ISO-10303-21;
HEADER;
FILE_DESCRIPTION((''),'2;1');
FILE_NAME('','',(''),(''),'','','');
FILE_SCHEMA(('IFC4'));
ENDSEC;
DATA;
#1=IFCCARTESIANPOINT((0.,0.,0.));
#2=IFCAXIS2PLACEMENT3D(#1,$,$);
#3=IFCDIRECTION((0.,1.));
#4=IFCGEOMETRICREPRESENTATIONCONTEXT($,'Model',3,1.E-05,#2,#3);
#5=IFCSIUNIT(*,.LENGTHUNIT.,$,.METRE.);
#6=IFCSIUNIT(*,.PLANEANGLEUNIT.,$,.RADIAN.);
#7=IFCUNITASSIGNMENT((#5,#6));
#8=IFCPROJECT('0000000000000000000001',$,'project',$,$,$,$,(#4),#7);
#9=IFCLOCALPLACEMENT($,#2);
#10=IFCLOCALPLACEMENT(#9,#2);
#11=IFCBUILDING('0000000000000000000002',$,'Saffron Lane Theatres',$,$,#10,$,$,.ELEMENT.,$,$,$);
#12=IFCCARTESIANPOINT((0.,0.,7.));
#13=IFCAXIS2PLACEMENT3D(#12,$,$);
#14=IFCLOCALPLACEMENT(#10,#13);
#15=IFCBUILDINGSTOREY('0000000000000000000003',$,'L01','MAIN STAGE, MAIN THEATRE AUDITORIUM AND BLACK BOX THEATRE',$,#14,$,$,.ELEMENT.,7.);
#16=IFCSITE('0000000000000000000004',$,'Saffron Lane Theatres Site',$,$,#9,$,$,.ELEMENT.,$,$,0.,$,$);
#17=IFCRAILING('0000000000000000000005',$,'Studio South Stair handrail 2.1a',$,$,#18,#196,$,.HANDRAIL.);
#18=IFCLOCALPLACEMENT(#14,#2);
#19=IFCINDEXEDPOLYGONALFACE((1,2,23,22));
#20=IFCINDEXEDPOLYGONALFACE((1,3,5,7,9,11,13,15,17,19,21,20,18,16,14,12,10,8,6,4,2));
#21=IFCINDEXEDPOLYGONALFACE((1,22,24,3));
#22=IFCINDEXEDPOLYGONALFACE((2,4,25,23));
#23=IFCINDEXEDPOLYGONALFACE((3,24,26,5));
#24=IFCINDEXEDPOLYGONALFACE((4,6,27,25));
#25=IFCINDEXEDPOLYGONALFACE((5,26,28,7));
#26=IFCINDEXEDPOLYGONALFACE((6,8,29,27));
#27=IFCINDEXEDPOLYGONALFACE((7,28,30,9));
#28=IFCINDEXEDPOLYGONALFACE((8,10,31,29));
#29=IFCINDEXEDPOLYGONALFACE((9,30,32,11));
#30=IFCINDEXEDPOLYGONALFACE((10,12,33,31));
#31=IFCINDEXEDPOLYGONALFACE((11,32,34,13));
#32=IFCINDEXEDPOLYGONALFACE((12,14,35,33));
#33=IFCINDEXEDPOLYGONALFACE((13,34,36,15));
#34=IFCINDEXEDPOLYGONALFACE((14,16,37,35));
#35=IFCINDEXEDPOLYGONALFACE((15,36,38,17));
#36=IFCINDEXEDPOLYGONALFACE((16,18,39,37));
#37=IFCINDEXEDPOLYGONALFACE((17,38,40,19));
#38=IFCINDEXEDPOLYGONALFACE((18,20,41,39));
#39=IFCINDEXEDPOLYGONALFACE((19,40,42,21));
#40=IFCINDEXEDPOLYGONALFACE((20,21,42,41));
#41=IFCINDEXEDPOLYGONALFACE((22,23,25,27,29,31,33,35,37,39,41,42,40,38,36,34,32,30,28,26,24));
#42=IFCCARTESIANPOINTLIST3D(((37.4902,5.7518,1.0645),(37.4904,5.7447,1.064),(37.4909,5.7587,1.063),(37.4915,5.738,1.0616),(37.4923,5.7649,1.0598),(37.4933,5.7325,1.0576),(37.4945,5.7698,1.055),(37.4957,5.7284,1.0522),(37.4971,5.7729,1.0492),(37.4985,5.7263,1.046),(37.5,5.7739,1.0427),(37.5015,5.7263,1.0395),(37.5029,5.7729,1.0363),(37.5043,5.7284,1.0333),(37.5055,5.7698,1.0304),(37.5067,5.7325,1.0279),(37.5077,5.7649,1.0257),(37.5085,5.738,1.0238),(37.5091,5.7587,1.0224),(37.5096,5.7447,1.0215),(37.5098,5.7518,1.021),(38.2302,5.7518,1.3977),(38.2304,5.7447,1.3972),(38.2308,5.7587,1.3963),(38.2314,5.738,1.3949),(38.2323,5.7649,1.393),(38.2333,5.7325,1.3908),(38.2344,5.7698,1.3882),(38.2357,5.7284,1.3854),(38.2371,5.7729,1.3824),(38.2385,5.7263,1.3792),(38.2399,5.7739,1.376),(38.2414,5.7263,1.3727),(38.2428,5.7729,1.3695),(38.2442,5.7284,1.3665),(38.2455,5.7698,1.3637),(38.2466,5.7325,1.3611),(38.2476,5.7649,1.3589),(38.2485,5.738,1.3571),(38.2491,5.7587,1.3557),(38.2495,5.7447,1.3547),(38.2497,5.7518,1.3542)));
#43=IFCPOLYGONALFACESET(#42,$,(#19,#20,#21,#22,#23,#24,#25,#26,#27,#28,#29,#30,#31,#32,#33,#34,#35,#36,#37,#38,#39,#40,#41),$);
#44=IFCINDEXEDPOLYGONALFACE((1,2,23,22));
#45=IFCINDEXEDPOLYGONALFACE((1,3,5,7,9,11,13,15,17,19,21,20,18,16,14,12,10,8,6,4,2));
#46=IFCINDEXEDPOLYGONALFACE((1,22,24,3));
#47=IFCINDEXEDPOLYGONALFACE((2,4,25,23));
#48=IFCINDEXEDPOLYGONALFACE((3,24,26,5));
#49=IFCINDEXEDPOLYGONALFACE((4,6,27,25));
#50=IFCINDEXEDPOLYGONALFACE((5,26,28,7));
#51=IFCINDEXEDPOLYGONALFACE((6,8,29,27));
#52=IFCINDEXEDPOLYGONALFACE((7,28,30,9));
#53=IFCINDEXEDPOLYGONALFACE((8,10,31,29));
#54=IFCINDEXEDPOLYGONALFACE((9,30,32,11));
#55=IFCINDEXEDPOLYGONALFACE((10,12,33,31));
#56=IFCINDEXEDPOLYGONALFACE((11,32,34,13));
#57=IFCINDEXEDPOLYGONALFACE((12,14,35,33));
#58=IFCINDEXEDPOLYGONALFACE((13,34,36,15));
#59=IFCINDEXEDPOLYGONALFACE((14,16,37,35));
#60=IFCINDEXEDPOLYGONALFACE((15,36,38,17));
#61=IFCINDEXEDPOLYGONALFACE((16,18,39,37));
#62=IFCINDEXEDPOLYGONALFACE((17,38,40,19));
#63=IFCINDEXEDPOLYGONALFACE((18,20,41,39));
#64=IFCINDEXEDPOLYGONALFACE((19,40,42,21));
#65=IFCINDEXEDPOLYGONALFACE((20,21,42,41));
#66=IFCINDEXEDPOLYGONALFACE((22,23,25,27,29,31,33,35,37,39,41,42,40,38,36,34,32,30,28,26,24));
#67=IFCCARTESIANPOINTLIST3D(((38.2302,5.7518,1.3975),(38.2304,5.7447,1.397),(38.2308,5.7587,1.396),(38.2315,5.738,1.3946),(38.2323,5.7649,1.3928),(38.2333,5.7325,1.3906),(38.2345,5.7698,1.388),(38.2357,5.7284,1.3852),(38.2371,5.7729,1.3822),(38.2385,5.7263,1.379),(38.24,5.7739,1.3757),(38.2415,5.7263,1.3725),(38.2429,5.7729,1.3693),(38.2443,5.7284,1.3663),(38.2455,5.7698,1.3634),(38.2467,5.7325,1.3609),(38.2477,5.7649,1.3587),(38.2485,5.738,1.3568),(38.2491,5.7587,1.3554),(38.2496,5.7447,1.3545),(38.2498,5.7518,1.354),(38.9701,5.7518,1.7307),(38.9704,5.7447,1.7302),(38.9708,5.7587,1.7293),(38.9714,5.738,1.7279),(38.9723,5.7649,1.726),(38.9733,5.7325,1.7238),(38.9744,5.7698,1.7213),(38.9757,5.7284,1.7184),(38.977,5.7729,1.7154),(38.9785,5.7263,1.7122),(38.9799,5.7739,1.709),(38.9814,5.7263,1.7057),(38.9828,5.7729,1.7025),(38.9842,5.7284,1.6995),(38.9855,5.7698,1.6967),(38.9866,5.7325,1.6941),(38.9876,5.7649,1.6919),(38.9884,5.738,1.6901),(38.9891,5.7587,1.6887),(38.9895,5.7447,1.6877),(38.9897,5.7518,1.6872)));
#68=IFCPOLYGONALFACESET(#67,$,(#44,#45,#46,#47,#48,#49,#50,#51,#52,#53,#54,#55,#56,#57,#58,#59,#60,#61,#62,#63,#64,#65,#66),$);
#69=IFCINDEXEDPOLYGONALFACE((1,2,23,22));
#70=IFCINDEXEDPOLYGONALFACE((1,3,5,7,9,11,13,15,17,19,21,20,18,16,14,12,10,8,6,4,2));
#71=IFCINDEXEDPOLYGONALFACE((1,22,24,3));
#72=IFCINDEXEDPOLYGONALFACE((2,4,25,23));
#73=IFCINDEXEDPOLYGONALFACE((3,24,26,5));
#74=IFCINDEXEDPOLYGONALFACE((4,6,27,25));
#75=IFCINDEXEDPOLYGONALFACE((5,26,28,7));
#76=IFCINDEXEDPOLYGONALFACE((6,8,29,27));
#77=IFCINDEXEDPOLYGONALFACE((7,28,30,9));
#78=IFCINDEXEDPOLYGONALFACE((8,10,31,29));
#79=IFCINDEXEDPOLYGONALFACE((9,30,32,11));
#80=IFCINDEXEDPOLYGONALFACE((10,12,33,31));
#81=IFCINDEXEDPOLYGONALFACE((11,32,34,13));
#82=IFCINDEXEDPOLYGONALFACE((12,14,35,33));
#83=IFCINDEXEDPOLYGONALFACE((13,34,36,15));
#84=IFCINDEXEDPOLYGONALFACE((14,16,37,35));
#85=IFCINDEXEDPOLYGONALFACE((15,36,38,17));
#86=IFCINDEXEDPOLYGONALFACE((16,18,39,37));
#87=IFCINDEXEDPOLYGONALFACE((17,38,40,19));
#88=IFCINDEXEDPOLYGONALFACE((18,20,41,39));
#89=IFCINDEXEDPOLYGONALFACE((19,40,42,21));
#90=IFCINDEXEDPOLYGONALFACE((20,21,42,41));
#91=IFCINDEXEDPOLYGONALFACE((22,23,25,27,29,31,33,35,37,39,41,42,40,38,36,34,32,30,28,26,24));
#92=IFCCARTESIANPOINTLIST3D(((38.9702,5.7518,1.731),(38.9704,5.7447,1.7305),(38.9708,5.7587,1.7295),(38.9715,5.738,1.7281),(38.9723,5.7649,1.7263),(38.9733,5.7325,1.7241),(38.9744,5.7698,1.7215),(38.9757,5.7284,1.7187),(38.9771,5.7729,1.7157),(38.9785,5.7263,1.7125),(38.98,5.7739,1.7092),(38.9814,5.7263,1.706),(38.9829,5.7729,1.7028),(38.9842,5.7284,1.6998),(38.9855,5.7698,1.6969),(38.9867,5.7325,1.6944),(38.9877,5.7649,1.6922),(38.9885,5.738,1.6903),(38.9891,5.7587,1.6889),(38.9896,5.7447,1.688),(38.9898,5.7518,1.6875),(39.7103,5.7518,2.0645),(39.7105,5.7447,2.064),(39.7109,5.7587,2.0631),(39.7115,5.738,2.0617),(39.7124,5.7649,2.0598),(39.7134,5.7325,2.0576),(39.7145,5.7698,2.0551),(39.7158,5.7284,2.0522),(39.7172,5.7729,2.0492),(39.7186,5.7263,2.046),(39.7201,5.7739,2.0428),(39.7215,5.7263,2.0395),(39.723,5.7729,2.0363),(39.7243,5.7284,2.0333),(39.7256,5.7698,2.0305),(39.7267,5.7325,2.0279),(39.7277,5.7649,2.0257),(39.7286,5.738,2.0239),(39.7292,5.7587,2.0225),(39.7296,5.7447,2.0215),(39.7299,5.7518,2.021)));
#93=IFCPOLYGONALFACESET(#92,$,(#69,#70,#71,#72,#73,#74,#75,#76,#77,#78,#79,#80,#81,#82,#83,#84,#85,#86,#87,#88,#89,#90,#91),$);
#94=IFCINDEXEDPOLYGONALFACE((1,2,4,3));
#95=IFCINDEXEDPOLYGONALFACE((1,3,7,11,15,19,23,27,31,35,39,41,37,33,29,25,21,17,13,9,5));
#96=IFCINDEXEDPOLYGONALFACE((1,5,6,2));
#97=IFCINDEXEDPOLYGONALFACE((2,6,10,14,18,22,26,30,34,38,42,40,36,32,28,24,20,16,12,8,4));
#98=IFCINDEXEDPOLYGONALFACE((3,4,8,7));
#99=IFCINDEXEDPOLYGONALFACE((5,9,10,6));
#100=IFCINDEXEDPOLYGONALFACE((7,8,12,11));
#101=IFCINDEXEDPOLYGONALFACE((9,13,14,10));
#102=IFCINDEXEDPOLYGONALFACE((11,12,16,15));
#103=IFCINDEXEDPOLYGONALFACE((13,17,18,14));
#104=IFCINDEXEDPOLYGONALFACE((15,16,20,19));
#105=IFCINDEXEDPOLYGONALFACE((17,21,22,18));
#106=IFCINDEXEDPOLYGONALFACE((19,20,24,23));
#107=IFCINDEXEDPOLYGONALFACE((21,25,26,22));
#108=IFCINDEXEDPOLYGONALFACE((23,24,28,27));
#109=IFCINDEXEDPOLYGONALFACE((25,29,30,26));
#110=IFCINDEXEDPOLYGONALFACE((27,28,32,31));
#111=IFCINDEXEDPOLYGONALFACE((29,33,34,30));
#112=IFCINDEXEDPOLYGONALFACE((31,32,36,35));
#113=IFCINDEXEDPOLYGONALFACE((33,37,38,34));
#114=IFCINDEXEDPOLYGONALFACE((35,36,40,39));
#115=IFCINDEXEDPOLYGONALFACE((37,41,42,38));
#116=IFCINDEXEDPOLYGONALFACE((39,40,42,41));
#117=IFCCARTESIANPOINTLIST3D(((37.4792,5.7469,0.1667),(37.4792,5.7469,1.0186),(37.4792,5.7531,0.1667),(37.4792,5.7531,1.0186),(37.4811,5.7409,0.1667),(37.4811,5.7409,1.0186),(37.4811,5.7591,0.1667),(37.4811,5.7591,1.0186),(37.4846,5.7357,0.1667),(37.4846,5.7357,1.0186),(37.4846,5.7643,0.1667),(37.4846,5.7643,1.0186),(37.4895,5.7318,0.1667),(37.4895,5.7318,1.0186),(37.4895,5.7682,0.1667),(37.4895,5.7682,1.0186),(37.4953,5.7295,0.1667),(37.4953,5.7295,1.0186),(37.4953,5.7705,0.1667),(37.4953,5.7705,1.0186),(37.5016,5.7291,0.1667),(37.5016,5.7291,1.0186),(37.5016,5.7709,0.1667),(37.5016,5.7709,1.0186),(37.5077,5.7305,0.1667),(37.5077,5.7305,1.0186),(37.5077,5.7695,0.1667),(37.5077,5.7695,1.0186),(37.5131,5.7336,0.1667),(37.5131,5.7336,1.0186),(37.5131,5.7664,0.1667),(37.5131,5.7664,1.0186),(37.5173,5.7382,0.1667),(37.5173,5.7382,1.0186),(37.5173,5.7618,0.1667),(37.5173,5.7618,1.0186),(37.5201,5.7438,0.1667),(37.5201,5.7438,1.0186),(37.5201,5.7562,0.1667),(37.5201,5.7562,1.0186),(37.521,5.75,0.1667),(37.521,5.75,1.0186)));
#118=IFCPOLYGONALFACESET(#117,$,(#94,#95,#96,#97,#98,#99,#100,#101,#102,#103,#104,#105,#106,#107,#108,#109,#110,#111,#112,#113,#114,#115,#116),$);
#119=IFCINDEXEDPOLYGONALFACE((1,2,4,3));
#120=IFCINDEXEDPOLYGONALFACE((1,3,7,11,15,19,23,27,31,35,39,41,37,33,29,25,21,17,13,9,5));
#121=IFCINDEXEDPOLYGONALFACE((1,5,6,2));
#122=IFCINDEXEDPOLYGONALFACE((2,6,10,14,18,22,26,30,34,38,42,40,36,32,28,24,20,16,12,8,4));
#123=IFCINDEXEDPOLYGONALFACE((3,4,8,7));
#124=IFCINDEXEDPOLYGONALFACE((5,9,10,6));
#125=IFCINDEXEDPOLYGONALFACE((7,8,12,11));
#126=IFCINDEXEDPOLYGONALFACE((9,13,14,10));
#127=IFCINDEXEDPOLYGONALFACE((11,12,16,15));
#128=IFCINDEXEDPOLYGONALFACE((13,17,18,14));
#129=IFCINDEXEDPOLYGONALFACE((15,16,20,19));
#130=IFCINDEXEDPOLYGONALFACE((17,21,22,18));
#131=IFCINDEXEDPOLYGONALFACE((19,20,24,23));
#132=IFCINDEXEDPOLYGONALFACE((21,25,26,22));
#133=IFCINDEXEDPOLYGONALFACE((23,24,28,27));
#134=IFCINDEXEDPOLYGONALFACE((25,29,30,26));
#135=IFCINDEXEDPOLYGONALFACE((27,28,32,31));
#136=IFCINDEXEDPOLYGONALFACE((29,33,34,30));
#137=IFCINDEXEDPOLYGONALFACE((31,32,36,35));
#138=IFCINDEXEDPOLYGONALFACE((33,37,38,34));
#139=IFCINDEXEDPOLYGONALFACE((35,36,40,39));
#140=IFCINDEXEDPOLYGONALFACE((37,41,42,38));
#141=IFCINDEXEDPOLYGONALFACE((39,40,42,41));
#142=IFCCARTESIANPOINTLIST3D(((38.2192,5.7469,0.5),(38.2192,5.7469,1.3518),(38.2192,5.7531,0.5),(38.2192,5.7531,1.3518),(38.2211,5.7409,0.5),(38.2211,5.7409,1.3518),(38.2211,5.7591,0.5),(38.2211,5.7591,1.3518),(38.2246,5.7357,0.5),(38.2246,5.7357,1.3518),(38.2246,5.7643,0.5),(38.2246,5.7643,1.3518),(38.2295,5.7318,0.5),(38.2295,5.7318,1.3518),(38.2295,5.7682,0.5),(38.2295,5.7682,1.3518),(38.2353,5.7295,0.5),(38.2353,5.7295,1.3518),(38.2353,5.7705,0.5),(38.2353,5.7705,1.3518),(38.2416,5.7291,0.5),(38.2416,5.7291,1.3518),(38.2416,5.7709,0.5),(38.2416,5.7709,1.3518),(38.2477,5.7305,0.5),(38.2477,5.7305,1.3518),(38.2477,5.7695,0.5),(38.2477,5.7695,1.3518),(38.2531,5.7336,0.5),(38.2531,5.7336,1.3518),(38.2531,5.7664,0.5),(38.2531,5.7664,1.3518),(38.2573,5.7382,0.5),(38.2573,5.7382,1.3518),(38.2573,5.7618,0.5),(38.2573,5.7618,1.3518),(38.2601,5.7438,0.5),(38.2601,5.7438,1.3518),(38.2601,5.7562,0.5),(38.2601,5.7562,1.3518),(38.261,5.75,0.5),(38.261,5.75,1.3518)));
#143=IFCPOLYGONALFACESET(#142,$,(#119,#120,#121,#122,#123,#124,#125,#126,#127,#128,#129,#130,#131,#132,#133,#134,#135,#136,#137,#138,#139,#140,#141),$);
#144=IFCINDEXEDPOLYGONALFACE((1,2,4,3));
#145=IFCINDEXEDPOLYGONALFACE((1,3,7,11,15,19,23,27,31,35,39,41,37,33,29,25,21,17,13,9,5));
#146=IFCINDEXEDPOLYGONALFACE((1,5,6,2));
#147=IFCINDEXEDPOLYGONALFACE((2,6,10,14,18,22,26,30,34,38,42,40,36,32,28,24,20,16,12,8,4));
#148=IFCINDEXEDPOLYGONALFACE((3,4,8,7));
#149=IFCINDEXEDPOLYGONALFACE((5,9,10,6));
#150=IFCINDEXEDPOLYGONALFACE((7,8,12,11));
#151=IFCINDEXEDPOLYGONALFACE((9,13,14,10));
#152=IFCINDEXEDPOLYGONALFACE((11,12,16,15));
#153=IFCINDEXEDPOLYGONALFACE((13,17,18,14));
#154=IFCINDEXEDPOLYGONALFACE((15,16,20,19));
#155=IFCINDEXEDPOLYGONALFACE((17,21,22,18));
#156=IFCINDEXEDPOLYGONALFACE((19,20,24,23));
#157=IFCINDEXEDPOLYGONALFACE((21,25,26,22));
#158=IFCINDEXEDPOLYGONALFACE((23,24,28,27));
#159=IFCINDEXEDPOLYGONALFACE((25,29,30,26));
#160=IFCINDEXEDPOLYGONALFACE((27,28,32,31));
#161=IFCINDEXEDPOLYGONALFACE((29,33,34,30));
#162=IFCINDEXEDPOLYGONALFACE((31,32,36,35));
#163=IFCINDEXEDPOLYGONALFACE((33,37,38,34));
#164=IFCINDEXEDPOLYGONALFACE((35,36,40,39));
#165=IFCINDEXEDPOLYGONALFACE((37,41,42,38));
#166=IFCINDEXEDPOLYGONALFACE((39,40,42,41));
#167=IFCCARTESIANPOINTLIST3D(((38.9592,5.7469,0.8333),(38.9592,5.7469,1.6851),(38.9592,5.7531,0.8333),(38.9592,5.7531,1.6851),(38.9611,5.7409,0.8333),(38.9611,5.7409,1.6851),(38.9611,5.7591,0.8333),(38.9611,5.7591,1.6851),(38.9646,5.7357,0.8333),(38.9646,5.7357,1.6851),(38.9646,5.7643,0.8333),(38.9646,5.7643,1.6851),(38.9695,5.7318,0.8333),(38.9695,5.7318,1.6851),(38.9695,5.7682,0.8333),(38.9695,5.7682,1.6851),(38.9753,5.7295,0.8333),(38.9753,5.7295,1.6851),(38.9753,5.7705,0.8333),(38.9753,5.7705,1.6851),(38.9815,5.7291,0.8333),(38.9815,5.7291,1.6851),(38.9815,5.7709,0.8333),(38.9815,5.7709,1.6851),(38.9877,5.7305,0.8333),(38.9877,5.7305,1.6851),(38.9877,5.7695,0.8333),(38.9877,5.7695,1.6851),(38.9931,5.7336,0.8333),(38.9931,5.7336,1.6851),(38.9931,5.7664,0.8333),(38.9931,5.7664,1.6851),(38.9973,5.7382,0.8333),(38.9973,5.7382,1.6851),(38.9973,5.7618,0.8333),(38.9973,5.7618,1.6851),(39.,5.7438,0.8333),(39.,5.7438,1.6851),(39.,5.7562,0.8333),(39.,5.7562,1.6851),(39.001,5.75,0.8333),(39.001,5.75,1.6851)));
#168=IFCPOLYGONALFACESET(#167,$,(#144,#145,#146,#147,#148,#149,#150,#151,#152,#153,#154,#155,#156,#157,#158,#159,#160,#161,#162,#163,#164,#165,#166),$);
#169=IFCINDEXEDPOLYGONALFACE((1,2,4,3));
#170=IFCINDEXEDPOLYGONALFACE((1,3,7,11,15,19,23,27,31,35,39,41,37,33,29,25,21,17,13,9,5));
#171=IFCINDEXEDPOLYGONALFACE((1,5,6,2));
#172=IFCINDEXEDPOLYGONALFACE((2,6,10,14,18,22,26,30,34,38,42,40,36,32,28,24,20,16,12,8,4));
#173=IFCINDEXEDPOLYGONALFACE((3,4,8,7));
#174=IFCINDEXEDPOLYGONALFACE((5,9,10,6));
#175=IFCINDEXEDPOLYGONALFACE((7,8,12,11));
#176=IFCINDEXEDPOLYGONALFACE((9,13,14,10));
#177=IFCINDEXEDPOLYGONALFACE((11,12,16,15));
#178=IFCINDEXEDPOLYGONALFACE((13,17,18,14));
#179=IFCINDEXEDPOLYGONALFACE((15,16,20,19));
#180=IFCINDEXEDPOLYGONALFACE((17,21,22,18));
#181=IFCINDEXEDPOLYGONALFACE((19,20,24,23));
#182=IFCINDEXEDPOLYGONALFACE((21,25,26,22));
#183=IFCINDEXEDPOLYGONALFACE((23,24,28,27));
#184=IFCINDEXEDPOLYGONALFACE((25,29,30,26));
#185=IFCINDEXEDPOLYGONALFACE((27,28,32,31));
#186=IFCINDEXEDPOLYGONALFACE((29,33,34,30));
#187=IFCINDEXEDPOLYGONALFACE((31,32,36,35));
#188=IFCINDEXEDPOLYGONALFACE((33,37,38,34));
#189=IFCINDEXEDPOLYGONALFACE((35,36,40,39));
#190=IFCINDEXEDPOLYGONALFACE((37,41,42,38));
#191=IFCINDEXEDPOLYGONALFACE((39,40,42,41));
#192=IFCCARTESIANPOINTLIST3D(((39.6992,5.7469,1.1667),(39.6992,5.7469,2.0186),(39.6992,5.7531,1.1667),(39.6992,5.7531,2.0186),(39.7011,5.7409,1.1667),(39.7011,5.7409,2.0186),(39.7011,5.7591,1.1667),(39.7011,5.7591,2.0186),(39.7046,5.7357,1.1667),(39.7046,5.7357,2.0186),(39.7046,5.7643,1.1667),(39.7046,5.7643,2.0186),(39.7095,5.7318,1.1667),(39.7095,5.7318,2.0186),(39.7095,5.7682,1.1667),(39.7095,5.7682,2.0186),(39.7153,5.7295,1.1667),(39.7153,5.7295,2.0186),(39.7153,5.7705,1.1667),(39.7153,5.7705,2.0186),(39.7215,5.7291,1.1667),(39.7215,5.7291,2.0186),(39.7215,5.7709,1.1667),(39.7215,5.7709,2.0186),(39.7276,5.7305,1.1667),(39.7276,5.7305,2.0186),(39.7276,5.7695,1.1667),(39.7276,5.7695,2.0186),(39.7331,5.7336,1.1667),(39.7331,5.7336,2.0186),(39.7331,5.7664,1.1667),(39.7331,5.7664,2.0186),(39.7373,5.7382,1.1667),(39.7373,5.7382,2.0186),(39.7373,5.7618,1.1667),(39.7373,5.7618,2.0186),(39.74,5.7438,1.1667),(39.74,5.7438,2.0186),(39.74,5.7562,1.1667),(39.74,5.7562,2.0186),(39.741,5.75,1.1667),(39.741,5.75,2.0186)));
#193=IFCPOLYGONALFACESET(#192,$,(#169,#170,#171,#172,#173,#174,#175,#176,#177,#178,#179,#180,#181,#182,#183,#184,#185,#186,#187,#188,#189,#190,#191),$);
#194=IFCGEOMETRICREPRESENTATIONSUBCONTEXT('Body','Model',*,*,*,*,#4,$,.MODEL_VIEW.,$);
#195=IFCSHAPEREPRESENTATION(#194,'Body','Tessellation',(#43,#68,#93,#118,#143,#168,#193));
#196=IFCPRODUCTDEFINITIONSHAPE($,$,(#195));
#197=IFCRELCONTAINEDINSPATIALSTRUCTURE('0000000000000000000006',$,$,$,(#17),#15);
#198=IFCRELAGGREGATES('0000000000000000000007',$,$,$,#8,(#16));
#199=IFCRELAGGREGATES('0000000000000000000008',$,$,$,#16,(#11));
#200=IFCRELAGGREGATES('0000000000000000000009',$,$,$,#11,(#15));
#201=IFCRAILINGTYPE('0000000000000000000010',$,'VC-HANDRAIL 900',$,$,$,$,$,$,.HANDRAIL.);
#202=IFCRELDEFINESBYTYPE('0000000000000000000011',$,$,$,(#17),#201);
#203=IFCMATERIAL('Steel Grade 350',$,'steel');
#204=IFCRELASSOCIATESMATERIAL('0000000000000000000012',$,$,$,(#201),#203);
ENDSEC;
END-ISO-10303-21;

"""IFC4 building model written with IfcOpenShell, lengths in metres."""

from ifc_helpers import new_model, si_unit, direction, frame, origin, origin_2d, place, context, subcontext, project, spatial, circle, extrude, material, type_object, element, save


model = new_model("IFC4")

# Units and contexts
model_context = context("Model", 3, precision=1e-05, world=origin(), true_north=direction((0.0, 1.0)))
body_context = subcontext(model_context, "Body", "Model", "MODEL_VIEW")
ifc_project = project(units=[si_unit("LENGTHUNIT", "METRE"), si_unit("PLANEANGLEUNIT", "RADIAN")], contexts=[model_context])

# Site, building, storey
site_placement = place(None, origin())
site = spatial("IfcSite", under=ifc_project, at=site_placement, Name="Saffron Lane Theatres Site", CompositionType="ELEMENT", RefElevation=0.0)
building_placement = place(site_placement, origin())
building = spatial("IfcBuilding", under=site, at=building_placement, Name="Saffron Lane Theatres", CompositionType="ELEMENT")
storey_placement = place(building_placement, frame((0.0, 0.0, 7.0)))
storey = spatial("IfcBuildingStorey", under=building, at=storey_placement, Name="L01", Description="MAIN STAGE, MAIN THEATRE AUDITORIUM AND BLACK BOX THEATRE", CompositionType="ELEMENT", Elevation=7.0)

# Railing
ifc_material_1 = material(Name="Steel Grade 350", Category="steel")
railing_type_1 = type_object("IfcRailingType", Name="VC-HANDRAIL 900", PredefinedType="HANDRAIL", material=ifc_material_1)
for number, where, name in (
    (1, (37.5, 5.75, 0.1667), "Studio South Stair handrail 2.1a"),
):
    element("IfcRailing", number, at=place(storey_placement, frame(where)), inside=storey, type_object=railing_type_1, Name=name, PredefinedType="HANDRAIL", context=body_context, shape_type="SweptSolid", body=[
        extrude(circle(Radius=0.0239, at=origin_2d()), frame((0.0, 0.0, 0.876), z_axis=(0.911803, 0.0, 0.410627), x_axis=(0.0, 1.0, 0.0)), (0.0, 0.0, 1.0), 0.8115),
        extrude(circle(Radius=0.0239, at=origin_2d()), frame((0.74, 0.0, 1.209), z_axis=(0.911803, 0.0, 0.410627), x_axis=(0.0, 1.0, 0.0)), (0.0, 0.0, 1.0), 0.8115),
        extrude(circle(Radius=0.0239, at=origin_2d()), frame((1.48, 0.0, 1.5425), z_axis=(0.911691, 0.0, 0.410877), x_axis=(0.0, 1.0, 0.0)), (0.0, 0.0, 1.0), 0.8118),
        extrude(circle(Radius=0.021, at=origin_2d()), origin(), (0.0, 0.0, 1.0), 0.8518),
        extrude(circle(Radius=0.021, at=origin_2d()), frame((0.74, 0.0, 0.3333)), (0.0, 0.0, 1.0), 0.8518),
        extrude(circle(Radius=0.021, at=origin_2d()), frame((1.48, 0.0, 0.6665)), (0.0, 0.0, 1.0), 0.8518),
        extrude(circle(Radius=0.021, at=origin_2d()), frame((2.22, 0.0, 1.0)), (0.0, 0.0, 1.0), 0.8518),
    ])

save(model, "model.ifc")
